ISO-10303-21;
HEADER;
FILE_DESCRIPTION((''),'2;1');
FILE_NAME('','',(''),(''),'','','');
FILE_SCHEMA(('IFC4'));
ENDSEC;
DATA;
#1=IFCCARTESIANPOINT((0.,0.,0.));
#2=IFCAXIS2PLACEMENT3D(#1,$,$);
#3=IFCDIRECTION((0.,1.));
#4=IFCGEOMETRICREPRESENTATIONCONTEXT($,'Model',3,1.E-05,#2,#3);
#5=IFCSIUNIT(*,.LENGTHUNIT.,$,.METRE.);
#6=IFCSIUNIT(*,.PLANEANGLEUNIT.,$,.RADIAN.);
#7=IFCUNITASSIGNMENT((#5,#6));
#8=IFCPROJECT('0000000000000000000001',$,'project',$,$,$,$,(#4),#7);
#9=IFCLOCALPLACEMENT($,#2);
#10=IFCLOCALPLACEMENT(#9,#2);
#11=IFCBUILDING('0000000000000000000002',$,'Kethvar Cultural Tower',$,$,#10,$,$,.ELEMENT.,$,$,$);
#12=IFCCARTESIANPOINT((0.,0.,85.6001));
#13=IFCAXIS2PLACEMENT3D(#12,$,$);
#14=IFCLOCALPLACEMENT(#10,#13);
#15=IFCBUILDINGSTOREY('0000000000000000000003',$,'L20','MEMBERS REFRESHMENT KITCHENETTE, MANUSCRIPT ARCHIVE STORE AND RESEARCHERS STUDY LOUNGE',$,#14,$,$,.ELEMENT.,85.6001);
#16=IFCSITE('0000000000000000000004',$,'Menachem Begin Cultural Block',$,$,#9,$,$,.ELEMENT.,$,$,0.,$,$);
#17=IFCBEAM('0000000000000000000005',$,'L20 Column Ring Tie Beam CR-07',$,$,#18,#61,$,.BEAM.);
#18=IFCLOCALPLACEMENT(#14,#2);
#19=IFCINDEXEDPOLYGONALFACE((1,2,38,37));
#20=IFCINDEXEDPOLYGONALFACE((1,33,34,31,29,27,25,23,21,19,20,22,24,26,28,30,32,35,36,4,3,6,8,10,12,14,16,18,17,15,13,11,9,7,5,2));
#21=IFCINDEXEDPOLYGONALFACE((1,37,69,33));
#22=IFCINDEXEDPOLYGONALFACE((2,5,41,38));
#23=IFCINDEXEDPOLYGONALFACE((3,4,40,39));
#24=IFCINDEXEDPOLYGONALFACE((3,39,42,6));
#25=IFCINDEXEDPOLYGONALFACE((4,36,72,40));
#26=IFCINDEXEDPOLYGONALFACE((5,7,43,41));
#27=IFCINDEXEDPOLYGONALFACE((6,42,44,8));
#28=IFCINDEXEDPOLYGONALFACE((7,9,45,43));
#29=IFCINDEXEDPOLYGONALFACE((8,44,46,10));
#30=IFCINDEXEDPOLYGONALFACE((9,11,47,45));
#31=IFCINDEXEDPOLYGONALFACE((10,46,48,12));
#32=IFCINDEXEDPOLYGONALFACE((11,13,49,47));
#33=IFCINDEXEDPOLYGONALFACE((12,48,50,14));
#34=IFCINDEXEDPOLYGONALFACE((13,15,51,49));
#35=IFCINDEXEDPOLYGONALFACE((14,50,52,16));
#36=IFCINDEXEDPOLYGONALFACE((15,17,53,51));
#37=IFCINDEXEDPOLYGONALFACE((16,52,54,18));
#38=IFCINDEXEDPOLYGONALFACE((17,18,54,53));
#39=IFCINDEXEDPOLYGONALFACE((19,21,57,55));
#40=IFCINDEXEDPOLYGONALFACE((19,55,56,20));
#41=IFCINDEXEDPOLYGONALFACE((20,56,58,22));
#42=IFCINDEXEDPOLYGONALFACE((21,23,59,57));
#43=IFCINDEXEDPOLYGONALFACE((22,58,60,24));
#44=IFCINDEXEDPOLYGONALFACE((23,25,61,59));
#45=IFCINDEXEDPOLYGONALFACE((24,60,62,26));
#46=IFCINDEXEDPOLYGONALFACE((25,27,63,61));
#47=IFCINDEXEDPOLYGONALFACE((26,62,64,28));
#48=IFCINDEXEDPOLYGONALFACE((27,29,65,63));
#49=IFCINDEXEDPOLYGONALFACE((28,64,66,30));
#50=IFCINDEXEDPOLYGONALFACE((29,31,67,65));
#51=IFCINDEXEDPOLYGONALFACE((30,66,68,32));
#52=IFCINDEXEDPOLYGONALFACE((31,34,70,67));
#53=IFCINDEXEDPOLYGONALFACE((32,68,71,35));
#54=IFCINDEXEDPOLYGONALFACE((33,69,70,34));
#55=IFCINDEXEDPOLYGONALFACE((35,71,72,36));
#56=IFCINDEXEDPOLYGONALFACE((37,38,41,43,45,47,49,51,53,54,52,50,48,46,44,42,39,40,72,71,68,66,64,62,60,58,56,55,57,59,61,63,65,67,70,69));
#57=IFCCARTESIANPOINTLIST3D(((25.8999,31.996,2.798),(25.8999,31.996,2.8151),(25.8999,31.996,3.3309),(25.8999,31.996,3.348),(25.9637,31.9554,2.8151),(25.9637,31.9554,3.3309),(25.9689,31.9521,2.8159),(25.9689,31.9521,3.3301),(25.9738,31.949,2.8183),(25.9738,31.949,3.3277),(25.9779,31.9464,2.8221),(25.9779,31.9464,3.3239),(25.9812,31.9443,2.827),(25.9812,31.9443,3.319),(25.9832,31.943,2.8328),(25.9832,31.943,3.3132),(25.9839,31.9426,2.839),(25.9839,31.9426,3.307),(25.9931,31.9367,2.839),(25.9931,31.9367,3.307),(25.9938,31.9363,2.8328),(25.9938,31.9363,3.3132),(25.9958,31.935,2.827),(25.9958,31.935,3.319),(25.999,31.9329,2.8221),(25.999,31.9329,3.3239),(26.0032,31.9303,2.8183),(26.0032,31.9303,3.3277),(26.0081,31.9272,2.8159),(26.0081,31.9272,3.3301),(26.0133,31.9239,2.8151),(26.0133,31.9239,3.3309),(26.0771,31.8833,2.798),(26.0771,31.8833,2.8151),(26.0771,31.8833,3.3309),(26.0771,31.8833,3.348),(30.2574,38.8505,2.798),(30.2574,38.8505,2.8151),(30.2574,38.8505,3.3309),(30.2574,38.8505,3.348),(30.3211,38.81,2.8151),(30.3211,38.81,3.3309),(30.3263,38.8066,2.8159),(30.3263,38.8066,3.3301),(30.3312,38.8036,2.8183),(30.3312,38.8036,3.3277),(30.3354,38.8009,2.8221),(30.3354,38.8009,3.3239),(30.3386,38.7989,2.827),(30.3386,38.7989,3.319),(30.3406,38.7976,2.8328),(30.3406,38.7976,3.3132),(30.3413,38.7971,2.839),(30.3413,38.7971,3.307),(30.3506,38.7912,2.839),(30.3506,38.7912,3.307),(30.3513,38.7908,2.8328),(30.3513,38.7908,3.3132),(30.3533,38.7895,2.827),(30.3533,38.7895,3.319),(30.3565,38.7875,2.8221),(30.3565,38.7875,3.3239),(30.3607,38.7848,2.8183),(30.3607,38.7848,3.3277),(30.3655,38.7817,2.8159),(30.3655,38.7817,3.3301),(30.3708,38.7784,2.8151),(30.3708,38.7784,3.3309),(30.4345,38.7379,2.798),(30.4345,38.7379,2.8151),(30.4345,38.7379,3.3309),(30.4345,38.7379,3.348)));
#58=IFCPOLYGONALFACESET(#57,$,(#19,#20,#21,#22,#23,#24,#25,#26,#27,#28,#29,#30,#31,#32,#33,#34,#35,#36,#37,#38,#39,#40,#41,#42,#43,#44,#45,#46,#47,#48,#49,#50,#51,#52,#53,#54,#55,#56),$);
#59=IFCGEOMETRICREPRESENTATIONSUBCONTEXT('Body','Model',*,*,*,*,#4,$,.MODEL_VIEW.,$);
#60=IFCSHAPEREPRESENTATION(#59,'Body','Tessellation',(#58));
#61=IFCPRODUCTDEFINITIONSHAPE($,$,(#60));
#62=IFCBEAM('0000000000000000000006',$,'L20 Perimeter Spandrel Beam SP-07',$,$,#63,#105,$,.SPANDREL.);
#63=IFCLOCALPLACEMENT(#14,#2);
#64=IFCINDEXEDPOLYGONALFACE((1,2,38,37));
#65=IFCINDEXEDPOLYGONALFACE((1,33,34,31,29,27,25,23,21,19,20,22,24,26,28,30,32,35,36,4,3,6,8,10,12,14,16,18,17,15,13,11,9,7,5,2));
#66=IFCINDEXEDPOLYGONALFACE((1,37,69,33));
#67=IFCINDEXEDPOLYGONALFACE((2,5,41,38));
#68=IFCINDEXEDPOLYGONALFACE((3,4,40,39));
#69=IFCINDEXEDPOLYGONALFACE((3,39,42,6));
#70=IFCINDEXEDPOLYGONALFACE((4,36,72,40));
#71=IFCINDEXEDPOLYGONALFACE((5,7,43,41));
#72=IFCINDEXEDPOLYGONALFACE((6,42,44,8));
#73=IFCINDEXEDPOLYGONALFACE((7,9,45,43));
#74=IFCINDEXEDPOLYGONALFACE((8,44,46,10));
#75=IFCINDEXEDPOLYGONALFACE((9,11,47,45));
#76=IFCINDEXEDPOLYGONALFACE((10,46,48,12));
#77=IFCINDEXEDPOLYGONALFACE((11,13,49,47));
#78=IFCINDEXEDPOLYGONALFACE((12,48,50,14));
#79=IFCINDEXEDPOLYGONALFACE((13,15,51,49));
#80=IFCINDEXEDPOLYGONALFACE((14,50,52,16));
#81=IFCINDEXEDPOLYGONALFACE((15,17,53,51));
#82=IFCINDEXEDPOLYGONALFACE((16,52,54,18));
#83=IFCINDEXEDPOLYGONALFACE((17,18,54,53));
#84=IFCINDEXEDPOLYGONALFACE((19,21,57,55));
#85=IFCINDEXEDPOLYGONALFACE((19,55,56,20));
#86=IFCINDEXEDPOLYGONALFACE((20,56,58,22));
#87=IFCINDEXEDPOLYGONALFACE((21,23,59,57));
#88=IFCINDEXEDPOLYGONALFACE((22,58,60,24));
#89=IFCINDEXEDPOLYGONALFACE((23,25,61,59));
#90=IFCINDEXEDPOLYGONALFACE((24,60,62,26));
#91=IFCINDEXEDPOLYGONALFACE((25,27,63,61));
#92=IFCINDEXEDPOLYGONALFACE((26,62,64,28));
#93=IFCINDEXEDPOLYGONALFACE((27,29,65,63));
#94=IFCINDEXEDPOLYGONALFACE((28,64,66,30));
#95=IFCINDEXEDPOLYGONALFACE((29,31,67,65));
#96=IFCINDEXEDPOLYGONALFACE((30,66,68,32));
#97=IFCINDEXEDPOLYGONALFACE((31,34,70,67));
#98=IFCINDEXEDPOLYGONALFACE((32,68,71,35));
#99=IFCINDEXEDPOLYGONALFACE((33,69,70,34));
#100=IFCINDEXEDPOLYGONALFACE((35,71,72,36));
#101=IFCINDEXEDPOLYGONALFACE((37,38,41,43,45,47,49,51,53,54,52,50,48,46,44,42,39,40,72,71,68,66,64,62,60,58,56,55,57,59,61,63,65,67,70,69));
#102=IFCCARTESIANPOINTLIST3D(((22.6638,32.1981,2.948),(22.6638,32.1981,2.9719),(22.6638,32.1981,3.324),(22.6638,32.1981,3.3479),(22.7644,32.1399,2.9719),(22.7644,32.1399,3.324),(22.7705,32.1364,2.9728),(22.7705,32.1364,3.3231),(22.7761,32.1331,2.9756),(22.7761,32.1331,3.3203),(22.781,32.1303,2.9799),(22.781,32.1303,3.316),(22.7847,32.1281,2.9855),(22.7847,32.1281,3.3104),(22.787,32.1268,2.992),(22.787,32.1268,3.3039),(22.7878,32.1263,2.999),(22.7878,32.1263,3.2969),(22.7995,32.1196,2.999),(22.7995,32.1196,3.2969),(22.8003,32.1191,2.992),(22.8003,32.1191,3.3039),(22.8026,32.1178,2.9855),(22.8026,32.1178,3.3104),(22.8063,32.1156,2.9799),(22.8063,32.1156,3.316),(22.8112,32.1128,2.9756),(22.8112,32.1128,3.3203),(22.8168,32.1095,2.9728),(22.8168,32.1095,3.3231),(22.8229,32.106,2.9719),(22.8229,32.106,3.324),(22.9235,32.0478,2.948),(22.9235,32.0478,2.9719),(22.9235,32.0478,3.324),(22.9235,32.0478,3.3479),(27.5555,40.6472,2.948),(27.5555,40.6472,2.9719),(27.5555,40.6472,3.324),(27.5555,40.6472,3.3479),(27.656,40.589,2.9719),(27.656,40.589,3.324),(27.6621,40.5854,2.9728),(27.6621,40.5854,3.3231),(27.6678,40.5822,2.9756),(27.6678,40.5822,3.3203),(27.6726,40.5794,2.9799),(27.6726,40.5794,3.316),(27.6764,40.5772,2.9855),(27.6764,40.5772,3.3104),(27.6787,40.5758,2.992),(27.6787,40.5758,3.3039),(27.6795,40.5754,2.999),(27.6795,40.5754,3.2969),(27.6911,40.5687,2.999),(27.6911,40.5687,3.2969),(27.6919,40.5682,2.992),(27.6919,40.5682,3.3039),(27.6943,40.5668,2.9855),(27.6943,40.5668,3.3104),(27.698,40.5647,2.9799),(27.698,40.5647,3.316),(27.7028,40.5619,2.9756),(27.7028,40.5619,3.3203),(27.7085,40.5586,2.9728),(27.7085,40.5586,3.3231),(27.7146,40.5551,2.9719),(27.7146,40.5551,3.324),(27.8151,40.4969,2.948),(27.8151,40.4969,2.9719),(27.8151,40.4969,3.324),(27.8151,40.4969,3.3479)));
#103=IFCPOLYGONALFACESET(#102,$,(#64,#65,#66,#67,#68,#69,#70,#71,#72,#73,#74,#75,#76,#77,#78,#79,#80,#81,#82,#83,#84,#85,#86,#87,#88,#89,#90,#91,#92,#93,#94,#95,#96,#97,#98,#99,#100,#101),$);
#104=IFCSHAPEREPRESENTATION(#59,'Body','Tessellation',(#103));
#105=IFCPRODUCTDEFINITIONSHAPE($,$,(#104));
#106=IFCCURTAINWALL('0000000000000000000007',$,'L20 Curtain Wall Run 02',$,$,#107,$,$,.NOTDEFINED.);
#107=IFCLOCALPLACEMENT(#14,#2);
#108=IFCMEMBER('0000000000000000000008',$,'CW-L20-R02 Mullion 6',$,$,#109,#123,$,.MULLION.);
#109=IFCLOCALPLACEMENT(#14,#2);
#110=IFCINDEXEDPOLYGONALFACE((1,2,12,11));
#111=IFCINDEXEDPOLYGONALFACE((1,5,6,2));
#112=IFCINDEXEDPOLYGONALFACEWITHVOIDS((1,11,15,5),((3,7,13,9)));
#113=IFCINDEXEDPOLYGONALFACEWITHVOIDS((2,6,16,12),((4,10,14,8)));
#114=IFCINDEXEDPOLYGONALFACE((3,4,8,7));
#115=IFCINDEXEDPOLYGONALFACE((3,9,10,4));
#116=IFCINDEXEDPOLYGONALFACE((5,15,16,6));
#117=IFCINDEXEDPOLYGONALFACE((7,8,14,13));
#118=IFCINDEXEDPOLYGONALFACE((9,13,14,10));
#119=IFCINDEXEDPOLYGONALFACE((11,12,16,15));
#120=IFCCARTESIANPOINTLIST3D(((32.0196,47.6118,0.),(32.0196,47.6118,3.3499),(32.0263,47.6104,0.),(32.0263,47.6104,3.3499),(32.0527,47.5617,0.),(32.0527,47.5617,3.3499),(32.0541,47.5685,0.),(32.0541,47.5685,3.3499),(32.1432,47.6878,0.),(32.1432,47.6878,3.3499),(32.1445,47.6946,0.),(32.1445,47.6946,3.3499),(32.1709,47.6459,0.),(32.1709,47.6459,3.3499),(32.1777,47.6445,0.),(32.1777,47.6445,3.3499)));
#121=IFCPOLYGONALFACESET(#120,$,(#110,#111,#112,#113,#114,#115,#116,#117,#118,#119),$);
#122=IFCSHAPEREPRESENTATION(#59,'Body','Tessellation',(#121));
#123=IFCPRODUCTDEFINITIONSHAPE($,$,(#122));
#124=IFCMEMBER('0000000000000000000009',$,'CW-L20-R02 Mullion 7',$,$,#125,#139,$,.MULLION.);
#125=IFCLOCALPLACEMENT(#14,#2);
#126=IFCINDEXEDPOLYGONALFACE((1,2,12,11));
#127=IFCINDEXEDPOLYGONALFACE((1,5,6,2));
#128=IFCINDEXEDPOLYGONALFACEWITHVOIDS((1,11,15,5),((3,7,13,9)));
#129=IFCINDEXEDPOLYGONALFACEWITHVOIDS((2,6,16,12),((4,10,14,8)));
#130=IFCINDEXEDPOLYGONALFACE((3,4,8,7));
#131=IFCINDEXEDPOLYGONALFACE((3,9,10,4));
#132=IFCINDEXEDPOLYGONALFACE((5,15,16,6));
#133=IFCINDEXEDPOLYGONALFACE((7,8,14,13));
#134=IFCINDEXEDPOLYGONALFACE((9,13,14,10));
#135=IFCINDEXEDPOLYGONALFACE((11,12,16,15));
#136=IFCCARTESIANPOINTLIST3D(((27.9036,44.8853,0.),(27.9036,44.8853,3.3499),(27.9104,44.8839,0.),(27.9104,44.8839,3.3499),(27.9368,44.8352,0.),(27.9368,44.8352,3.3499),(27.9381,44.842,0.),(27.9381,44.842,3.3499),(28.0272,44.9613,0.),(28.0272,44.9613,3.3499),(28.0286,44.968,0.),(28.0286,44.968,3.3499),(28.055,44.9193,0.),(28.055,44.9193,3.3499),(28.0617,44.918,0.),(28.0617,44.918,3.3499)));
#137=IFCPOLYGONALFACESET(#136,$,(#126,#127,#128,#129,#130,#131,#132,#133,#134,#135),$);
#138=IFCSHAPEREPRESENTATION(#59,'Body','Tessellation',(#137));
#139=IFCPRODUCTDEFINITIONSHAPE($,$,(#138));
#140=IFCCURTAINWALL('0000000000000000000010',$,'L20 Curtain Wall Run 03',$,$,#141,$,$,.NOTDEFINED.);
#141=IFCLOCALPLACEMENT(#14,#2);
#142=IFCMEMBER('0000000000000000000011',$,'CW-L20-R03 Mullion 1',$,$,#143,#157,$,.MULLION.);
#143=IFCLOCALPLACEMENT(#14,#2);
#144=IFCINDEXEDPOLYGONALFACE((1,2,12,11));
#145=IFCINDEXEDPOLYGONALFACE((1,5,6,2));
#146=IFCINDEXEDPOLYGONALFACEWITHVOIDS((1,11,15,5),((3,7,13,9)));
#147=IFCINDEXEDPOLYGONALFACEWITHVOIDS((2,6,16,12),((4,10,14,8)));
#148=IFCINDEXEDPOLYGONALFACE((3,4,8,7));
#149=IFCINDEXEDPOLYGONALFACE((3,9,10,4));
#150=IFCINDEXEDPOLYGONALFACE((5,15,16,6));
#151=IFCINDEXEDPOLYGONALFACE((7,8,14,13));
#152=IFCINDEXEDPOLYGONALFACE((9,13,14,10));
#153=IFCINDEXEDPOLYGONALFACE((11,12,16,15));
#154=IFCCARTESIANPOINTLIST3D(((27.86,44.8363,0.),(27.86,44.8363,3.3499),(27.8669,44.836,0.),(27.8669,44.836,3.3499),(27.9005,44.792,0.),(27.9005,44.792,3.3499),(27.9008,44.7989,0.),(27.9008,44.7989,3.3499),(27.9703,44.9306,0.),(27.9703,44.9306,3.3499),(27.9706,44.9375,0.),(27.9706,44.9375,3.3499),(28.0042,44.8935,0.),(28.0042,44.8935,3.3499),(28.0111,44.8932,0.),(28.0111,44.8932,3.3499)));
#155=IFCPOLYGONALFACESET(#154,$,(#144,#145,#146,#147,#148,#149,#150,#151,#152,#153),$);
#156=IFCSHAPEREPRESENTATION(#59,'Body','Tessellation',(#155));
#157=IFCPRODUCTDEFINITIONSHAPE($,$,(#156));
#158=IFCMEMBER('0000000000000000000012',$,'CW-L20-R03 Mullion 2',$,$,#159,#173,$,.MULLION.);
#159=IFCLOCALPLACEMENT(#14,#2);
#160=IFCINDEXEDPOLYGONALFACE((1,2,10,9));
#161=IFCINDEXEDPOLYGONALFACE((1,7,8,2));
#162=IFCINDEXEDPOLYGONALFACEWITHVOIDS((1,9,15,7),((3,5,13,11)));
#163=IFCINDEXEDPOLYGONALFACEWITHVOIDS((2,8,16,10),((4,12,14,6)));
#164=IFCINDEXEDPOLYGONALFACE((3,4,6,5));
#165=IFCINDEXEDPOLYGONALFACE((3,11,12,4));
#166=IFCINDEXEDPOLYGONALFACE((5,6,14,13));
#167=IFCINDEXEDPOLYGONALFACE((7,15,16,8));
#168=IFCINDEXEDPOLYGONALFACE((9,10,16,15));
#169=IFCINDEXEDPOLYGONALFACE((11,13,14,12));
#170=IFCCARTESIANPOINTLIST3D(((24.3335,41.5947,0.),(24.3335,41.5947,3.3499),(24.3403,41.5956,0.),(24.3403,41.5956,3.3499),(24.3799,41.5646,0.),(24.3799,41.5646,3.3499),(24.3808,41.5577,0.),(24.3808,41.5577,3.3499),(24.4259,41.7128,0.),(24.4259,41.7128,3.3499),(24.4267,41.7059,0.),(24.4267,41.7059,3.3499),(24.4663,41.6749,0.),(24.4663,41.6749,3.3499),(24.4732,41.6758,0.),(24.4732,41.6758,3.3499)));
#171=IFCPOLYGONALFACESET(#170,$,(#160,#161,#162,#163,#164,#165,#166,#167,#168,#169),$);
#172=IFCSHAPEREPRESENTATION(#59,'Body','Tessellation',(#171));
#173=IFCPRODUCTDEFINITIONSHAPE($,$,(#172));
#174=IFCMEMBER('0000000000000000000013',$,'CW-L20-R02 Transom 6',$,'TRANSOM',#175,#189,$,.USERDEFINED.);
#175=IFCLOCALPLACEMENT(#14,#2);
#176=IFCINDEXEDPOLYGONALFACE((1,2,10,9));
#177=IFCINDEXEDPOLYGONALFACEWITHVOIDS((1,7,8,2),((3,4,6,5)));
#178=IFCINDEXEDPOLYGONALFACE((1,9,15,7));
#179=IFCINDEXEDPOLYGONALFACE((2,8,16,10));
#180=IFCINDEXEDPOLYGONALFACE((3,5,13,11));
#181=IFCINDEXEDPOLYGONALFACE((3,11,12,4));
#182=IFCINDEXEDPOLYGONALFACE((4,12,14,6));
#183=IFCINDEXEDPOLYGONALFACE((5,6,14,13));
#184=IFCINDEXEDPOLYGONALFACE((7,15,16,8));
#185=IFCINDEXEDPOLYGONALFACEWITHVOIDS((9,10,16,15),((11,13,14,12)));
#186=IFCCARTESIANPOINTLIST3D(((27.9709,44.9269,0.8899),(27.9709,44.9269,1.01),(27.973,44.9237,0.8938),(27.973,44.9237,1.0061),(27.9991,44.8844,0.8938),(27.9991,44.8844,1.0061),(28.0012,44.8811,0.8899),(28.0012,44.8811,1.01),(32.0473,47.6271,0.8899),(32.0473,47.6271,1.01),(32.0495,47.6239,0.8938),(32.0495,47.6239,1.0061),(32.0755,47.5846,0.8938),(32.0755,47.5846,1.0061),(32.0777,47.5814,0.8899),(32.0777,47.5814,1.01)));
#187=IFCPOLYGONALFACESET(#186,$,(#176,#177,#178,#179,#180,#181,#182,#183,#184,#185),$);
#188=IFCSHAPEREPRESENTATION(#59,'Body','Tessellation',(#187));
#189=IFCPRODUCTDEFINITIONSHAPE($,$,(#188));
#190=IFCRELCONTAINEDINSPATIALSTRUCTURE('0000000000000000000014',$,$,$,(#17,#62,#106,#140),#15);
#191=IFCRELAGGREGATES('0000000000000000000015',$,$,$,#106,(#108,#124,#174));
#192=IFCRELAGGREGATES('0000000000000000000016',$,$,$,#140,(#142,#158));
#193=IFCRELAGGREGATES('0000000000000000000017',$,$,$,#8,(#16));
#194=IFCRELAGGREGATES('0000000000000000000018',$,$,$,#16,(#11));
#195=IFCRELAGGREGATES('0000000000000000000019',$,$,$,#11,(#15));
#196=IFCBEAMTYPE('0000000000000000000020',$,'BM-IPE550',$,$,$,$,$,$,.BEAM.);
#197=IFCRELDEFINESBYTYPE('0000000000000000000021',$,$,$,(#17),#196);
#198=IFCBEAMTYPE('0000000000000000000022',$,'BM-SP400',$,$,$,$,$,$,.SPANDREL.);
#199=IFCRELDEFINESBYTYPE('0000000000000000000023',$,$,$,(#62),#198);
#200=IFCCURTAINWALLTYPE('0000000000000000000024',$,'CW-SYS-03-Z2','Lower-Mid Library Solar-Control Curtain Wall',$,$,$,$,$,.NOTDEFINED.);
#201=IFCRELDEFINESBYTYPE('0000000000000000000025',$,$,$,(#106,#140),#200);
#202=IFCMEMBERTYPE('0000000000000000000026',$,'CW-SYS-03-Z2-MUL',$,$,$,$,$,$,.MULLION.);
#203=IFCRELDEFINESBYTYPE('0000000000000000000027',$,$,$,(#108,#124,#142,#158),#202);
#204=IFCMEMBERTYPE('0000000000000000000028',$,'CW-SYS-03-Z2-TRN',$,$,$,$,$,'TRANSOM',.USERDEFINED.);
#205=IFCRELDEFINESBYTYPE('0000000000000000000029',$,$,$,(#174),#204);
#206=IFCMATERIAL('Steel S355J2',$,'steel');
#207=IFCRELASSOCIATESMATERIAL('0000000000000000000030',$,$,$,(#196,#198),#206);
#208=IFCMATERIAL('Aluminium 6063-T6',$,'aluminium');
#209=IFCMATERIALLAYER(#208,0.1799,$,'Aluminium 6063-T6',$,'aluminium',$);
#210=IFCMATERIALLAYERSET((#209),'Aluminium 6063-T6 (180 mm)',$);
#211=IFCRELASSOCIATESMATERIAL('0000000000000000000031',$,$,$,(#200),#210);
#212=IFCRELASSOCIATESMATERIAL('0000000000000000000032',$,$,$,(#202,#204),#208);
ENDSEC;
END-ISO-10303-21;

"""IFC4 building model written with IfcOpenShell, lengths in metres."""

from ifc_helpers import new_model, si_unit, direction, frame, origin, origin_2d, place, context, subcontext, project, spatial, hollow_rectangle, i_section, extrude, source, transform, mapped, material, layer, layer_set, material_profile, profile_set, type_object, element, aggregate, save


model = new_model("IFC4")

# Units and contexts
model_context = context("Model", 3, precision=1e-05, world=origin(), true_north=direction((0.0, 1.0)))
body_context = subcontext(model_context, "Body", "Model", "MODEL_VIEW")
ifc_project = project(units=[si_unit("LENGTHUNIT", "METRE"), si_unit("PLANEANGLEUNIT", "RADIAN")], contexts=[model_context])

# Site, building, storey
site_placement = place(None, origin())
site = spatial("IfcSite", under=ifc_project, at=site_placement, Name="Menachem Begin Cultural Block", CompositionType="ELEMENT", RefElevation=0.0)
building_placement = place(site_placement, origin())
building = spatial("IfcBuilding", under=site, at=building_placement, Name="Kethvar Cultural Tower", CompositionType="ELEMENT")
storey_placement = place(building_placement, frame((0.0, 0.0, 85.6001)))
storey = spatial("IfcBuildingStorey", under=building, at=storey_placement, Name="L20", Description="MEMBERS REFRESHMENT KITCHENETTE, MANUSCRIPT ARCHIVE STORE AND RESEARCHERS STUDY LOUNGE", CompositionType="ELEMENT", Elevation=85.6001)

# Beams
ifc_material_1 = material(Name="Steel S355J2", Category="steel")
ifc_material_profile_1 = material_profile(ifc_material_1, i_section(OverallWidth=0.21, OverallDepth=0.55, WebThickness=0.011, FlangeThickness=0.0171, FilletRadius=0.0239, at=origin_2d()), Name="Steel S355J2 — IPE550")
ifc_profile_set_1 = profile_set([ifc_material_profile_1], Name="Steel S355J2 — IPE550")
beam_type_1 = type_object("IfcBeamType", Name="BM-IPE550", PredefinedType="BEAM", material=ifc_profile_set_1)
ifc_material_profile_2 = material_profile(ifc_material_1, i_section(OverallWidth=0.3, OverallDepth=0.3999, WebThickness=0.0134, FlangeThickness=0.0239, FilletRadius=0.0271, at=origin_2d()), Name="Steel S355J2 — HEB400")
ifc_profile_set_2 = profile_set([ifc_material_profile_2], Name="Steel S355J2 — HEB400")
beam_type_2 = type_object("IfcBeamType", Name="BM-SP400", PredefinedType="SPANDREL", material=ifc_profile_set_2)
shared_shape_1 = source(origin(), body_context, "Body", "SweptSolid", [
    extrude(i_section(OverallWidth=0.21, OverallDepth=0.55, WebThickness=0.011, FlangeThickness=0.0171, FilletRadius=0.0239, at=origin_2d()), origin(), (0.0, 0.0, 1.0), 8.1223),
])
beam_1_placement = place(storey_placement, frame((30.3459, 38.7942, 3.073), z_axis=(-0.536479, -0.843914, 0.0), x_axis=(0.843914, -0.536479, 0.0)))
element("IfcBeam", 1, at=beam_1_placement, inside=storey, type_object=beam_type_1, Name="L20 Column Ring Tie Beam CR-07", PredefinedType="BEAM", context=body_context, shape_type="MappedRepresentation", body=[
    mapped(shared_shape_1, transform((0.0, 0.0, 0.0), scale=1.0)),
])
shared_shape_2 = source(origin(), body_context, "Body", "SweptSolid", [
    extrude(i_section(OverallWidth=0.3, OverallDepth=0.3999, WebThickness=0.0134, FlangeThickness=0.0239, FilletRadius=0.0271, at=origin_2d()), origin(), (0.0, 0.0, 1.0), 9.7629),
])
beam_2_placement = place(storey_placement, frame((27.6853, 40.572, 3.1479), z_axis=(-0.501043, -0.865422, 0.0), x_axis=(0.865422, -0.501043, 0.0)))
element("IfcBeam", 2, at=beam_2_placement, inside=storey, type_object=beam_type_2, Name="L20 Perimeter Spandrel Beam SP-07", PredefinedType="SPANDREL", context=body_context, shape_type="MappedRepresentation", body=[
    mapped(shared_shape_2, transform((0.0, 0.0, 0.0), scale=1.0)),
])

# Curtain walls, members
ifc_material_2 = material(Name="Aluminium 6063-T6", Category="aluminium")
ifc_layer_1 = layer(ifc_material_2, 0.1799, Name="Aluminium 6063-T6", Category="aluminium")
ifc_layer_set_1 = layer_set([ifc_layer_1], Name="Aluminium 6063-T6 (180 mm)")
curtain_wall_type = type_object("IfcCurtainWallType", Name="CW-SYS-03-Z2", Description="Lower-Mid Library Solar-Control Curtain Wall", PredefinedType="NOTDEFINED", material=ifc_layer_set_1)
curtain_wall_1_placement = place(storey_placement, origin())
curtain_wall_1 = element("IfcCurtainWall", 3, at=curtain_wall_1_placement, inside=storey, type_object=curtain_wall_type, Name="L20 Curtain Wall Run 02", PredefinedType="NOTDEFINED")
ifc_material_profile_3 = material_profile(ifc_material_2, hollow_rectangle(XDim=0.0601, YDim=0.1499, WallThickness=0.0049, at=origin_2d()), Name="Aluminium 6063-T6 — RHS150x60x5")
ifc_profile_set_3 = profile_set([ifc_material_profile_3], Name="Aluminium 6063-T6 — RHS150x60x5")
member_type_1 = type_object("IfcMemberType", Name="CW-SYS-03-Z2-MUL", PredefinedType="MULLION", material=ifc_profile_set_3)
shared_shape_3 = source(origin(), body_context, "Body", "SweptSolid", [
    extrude(hollow_rectangle(XDim=0.0601, YDim=0.1499, WallThickness=0.0049, at=origin_2d()), origin(), (0.0, 0.0, 1.0), 3.3499),
])
member_1_placement = place(storey_placement, frame((32.0986, 47.6282, 0.0), z_axis=(0.0, 0.0, 1.0), x_axis=(0.552243, -0.833683, 0.0)))
member_1 = element("IfcMember", 4, at=member_1_placement, type_object=member_type_1, Name="CW-L20-R02 Mullion 6", PredefinedType="MULLION", context=body_context, shape_type="MappedRepresentation", body=[
    mapped(shared_shape_3, transform((0.0, 0.0, 0.0), scale=1.0)),
])
member_2_placement = place(storey_placement, frame((27.9827, 44.9016, 0.0), z_axis=(0.0, 0.0, 1.0), x_axis=(0.552243, -0.833683, 0.0)))
member_2 = element("IfcMember", 5, at=member_2_placement, type_object=member_type_1, Name="CW-L20-R02 Mullion 7", PredefinedType="MULLION", context=body_context, shape_type="MappedRepresentation", body=[
    mapped(shared_shape_3, transform((0.0, 0.0, 0.0), scale=1.0)),
])
curtain_wall_2_placement = place(storey_placement, origin())
curtain_wall_2 = element("IfcCurtainWall", 6, at=curtain_wall_2_placement, inside=storey, type_object=curtain_wall_type, Name="L20 Curtain Wall Run 03", PredefinedType="NOTDEFINED")
member_3_placement = place(storey_placement, frame((27.9355, 44.8647, 0.0), z_axis=(0.0, 0.0, 1.0), x_axis=(0.675037, -0.737784, 0.0)))
member_3 = element("IfcMember", 7, at=member_3_placement, type_object=member_type_1, Name="CW-L20-R03 Mullion 1", PredefinedType="MULLION", context=body_context, shape_type="MappedRepresentation", body=[
    mapped(shared_shape_3, transform((0.0, 0.0, 0.0), scale=1.0)),
])
member_4_placement = place(storey_placement, frame((24.4033, 41.6353, 0.0), z_axis=(0.0, 0.0, 1.0), x_axis=(0.787398, -0.616445, 0.0)))
member_4 = element("IfcMember", 8, at=member_4_placement, type_object=member_type_1, Name="CW-L20-R03 Mullion 2", PredefinedType="MULLION", context=body_context, shape_type="MappedRepresentation", body=[
    mapped(shared_shape_3, transform((0.0, 0.0, 0.0), scale=1.0)),
])

# Member
ifc_material_profile_4 = material_profile(ifc_material_2, hollow_rectangle(XDim=0.0549, YDim=0.1201, WallThickness=0.0039, at=origin_2d()), Name="Aluminium 6063-T6 — RHS120x55x4")
ifc_profile_set_4 = profile_set([ifc_material_profile_4], Name="Aluminium 6063-T6 — RHS120x55x4")
member_type_2 = type_object("IfcMemberType", Name="CW-SYS-03-Z2-TRN", ElementType="TRANSOM", PredefinedType="USERDEFINED", material=ifc_profile_set_4)
shared_shape_4 = source(origin(), body_context, "Body", "SweptSolid", [
    extrude(hollow_rectangle(XDim=0.0549, YDim=0.1201, WallThickness=0.0039, at=origin_2d()), origin(), (0.0, 0.0, 1.0), 4.8896),
])
member_5_placement = place(storey_placement, frame((32.0625, 47.6042, 0.95), z_axis=(-0.833691, -0.552232, 0.0), x_axis=(0.552232, -0.833691, 0.0)))
member_5 = element("IfcMember", 9, at=member_5_placement, type_object=member_type_2, Name="CW-L20-R02 Transom 6", ObjectType="TRANSOM", PredefinedType="USERDEFINED", context=body_context, shape_type="MappedRepresentation", body=[
    mapped(shared_shape_4, transform((0.0, 0.0, 0.0), scale=1.0)),
])

aggregate(curtain_wall_1, [member_1, member_2, member_5])
aggregate(curtain_wall_2, [member_3, member_4])

save(model, "model.ifc")
